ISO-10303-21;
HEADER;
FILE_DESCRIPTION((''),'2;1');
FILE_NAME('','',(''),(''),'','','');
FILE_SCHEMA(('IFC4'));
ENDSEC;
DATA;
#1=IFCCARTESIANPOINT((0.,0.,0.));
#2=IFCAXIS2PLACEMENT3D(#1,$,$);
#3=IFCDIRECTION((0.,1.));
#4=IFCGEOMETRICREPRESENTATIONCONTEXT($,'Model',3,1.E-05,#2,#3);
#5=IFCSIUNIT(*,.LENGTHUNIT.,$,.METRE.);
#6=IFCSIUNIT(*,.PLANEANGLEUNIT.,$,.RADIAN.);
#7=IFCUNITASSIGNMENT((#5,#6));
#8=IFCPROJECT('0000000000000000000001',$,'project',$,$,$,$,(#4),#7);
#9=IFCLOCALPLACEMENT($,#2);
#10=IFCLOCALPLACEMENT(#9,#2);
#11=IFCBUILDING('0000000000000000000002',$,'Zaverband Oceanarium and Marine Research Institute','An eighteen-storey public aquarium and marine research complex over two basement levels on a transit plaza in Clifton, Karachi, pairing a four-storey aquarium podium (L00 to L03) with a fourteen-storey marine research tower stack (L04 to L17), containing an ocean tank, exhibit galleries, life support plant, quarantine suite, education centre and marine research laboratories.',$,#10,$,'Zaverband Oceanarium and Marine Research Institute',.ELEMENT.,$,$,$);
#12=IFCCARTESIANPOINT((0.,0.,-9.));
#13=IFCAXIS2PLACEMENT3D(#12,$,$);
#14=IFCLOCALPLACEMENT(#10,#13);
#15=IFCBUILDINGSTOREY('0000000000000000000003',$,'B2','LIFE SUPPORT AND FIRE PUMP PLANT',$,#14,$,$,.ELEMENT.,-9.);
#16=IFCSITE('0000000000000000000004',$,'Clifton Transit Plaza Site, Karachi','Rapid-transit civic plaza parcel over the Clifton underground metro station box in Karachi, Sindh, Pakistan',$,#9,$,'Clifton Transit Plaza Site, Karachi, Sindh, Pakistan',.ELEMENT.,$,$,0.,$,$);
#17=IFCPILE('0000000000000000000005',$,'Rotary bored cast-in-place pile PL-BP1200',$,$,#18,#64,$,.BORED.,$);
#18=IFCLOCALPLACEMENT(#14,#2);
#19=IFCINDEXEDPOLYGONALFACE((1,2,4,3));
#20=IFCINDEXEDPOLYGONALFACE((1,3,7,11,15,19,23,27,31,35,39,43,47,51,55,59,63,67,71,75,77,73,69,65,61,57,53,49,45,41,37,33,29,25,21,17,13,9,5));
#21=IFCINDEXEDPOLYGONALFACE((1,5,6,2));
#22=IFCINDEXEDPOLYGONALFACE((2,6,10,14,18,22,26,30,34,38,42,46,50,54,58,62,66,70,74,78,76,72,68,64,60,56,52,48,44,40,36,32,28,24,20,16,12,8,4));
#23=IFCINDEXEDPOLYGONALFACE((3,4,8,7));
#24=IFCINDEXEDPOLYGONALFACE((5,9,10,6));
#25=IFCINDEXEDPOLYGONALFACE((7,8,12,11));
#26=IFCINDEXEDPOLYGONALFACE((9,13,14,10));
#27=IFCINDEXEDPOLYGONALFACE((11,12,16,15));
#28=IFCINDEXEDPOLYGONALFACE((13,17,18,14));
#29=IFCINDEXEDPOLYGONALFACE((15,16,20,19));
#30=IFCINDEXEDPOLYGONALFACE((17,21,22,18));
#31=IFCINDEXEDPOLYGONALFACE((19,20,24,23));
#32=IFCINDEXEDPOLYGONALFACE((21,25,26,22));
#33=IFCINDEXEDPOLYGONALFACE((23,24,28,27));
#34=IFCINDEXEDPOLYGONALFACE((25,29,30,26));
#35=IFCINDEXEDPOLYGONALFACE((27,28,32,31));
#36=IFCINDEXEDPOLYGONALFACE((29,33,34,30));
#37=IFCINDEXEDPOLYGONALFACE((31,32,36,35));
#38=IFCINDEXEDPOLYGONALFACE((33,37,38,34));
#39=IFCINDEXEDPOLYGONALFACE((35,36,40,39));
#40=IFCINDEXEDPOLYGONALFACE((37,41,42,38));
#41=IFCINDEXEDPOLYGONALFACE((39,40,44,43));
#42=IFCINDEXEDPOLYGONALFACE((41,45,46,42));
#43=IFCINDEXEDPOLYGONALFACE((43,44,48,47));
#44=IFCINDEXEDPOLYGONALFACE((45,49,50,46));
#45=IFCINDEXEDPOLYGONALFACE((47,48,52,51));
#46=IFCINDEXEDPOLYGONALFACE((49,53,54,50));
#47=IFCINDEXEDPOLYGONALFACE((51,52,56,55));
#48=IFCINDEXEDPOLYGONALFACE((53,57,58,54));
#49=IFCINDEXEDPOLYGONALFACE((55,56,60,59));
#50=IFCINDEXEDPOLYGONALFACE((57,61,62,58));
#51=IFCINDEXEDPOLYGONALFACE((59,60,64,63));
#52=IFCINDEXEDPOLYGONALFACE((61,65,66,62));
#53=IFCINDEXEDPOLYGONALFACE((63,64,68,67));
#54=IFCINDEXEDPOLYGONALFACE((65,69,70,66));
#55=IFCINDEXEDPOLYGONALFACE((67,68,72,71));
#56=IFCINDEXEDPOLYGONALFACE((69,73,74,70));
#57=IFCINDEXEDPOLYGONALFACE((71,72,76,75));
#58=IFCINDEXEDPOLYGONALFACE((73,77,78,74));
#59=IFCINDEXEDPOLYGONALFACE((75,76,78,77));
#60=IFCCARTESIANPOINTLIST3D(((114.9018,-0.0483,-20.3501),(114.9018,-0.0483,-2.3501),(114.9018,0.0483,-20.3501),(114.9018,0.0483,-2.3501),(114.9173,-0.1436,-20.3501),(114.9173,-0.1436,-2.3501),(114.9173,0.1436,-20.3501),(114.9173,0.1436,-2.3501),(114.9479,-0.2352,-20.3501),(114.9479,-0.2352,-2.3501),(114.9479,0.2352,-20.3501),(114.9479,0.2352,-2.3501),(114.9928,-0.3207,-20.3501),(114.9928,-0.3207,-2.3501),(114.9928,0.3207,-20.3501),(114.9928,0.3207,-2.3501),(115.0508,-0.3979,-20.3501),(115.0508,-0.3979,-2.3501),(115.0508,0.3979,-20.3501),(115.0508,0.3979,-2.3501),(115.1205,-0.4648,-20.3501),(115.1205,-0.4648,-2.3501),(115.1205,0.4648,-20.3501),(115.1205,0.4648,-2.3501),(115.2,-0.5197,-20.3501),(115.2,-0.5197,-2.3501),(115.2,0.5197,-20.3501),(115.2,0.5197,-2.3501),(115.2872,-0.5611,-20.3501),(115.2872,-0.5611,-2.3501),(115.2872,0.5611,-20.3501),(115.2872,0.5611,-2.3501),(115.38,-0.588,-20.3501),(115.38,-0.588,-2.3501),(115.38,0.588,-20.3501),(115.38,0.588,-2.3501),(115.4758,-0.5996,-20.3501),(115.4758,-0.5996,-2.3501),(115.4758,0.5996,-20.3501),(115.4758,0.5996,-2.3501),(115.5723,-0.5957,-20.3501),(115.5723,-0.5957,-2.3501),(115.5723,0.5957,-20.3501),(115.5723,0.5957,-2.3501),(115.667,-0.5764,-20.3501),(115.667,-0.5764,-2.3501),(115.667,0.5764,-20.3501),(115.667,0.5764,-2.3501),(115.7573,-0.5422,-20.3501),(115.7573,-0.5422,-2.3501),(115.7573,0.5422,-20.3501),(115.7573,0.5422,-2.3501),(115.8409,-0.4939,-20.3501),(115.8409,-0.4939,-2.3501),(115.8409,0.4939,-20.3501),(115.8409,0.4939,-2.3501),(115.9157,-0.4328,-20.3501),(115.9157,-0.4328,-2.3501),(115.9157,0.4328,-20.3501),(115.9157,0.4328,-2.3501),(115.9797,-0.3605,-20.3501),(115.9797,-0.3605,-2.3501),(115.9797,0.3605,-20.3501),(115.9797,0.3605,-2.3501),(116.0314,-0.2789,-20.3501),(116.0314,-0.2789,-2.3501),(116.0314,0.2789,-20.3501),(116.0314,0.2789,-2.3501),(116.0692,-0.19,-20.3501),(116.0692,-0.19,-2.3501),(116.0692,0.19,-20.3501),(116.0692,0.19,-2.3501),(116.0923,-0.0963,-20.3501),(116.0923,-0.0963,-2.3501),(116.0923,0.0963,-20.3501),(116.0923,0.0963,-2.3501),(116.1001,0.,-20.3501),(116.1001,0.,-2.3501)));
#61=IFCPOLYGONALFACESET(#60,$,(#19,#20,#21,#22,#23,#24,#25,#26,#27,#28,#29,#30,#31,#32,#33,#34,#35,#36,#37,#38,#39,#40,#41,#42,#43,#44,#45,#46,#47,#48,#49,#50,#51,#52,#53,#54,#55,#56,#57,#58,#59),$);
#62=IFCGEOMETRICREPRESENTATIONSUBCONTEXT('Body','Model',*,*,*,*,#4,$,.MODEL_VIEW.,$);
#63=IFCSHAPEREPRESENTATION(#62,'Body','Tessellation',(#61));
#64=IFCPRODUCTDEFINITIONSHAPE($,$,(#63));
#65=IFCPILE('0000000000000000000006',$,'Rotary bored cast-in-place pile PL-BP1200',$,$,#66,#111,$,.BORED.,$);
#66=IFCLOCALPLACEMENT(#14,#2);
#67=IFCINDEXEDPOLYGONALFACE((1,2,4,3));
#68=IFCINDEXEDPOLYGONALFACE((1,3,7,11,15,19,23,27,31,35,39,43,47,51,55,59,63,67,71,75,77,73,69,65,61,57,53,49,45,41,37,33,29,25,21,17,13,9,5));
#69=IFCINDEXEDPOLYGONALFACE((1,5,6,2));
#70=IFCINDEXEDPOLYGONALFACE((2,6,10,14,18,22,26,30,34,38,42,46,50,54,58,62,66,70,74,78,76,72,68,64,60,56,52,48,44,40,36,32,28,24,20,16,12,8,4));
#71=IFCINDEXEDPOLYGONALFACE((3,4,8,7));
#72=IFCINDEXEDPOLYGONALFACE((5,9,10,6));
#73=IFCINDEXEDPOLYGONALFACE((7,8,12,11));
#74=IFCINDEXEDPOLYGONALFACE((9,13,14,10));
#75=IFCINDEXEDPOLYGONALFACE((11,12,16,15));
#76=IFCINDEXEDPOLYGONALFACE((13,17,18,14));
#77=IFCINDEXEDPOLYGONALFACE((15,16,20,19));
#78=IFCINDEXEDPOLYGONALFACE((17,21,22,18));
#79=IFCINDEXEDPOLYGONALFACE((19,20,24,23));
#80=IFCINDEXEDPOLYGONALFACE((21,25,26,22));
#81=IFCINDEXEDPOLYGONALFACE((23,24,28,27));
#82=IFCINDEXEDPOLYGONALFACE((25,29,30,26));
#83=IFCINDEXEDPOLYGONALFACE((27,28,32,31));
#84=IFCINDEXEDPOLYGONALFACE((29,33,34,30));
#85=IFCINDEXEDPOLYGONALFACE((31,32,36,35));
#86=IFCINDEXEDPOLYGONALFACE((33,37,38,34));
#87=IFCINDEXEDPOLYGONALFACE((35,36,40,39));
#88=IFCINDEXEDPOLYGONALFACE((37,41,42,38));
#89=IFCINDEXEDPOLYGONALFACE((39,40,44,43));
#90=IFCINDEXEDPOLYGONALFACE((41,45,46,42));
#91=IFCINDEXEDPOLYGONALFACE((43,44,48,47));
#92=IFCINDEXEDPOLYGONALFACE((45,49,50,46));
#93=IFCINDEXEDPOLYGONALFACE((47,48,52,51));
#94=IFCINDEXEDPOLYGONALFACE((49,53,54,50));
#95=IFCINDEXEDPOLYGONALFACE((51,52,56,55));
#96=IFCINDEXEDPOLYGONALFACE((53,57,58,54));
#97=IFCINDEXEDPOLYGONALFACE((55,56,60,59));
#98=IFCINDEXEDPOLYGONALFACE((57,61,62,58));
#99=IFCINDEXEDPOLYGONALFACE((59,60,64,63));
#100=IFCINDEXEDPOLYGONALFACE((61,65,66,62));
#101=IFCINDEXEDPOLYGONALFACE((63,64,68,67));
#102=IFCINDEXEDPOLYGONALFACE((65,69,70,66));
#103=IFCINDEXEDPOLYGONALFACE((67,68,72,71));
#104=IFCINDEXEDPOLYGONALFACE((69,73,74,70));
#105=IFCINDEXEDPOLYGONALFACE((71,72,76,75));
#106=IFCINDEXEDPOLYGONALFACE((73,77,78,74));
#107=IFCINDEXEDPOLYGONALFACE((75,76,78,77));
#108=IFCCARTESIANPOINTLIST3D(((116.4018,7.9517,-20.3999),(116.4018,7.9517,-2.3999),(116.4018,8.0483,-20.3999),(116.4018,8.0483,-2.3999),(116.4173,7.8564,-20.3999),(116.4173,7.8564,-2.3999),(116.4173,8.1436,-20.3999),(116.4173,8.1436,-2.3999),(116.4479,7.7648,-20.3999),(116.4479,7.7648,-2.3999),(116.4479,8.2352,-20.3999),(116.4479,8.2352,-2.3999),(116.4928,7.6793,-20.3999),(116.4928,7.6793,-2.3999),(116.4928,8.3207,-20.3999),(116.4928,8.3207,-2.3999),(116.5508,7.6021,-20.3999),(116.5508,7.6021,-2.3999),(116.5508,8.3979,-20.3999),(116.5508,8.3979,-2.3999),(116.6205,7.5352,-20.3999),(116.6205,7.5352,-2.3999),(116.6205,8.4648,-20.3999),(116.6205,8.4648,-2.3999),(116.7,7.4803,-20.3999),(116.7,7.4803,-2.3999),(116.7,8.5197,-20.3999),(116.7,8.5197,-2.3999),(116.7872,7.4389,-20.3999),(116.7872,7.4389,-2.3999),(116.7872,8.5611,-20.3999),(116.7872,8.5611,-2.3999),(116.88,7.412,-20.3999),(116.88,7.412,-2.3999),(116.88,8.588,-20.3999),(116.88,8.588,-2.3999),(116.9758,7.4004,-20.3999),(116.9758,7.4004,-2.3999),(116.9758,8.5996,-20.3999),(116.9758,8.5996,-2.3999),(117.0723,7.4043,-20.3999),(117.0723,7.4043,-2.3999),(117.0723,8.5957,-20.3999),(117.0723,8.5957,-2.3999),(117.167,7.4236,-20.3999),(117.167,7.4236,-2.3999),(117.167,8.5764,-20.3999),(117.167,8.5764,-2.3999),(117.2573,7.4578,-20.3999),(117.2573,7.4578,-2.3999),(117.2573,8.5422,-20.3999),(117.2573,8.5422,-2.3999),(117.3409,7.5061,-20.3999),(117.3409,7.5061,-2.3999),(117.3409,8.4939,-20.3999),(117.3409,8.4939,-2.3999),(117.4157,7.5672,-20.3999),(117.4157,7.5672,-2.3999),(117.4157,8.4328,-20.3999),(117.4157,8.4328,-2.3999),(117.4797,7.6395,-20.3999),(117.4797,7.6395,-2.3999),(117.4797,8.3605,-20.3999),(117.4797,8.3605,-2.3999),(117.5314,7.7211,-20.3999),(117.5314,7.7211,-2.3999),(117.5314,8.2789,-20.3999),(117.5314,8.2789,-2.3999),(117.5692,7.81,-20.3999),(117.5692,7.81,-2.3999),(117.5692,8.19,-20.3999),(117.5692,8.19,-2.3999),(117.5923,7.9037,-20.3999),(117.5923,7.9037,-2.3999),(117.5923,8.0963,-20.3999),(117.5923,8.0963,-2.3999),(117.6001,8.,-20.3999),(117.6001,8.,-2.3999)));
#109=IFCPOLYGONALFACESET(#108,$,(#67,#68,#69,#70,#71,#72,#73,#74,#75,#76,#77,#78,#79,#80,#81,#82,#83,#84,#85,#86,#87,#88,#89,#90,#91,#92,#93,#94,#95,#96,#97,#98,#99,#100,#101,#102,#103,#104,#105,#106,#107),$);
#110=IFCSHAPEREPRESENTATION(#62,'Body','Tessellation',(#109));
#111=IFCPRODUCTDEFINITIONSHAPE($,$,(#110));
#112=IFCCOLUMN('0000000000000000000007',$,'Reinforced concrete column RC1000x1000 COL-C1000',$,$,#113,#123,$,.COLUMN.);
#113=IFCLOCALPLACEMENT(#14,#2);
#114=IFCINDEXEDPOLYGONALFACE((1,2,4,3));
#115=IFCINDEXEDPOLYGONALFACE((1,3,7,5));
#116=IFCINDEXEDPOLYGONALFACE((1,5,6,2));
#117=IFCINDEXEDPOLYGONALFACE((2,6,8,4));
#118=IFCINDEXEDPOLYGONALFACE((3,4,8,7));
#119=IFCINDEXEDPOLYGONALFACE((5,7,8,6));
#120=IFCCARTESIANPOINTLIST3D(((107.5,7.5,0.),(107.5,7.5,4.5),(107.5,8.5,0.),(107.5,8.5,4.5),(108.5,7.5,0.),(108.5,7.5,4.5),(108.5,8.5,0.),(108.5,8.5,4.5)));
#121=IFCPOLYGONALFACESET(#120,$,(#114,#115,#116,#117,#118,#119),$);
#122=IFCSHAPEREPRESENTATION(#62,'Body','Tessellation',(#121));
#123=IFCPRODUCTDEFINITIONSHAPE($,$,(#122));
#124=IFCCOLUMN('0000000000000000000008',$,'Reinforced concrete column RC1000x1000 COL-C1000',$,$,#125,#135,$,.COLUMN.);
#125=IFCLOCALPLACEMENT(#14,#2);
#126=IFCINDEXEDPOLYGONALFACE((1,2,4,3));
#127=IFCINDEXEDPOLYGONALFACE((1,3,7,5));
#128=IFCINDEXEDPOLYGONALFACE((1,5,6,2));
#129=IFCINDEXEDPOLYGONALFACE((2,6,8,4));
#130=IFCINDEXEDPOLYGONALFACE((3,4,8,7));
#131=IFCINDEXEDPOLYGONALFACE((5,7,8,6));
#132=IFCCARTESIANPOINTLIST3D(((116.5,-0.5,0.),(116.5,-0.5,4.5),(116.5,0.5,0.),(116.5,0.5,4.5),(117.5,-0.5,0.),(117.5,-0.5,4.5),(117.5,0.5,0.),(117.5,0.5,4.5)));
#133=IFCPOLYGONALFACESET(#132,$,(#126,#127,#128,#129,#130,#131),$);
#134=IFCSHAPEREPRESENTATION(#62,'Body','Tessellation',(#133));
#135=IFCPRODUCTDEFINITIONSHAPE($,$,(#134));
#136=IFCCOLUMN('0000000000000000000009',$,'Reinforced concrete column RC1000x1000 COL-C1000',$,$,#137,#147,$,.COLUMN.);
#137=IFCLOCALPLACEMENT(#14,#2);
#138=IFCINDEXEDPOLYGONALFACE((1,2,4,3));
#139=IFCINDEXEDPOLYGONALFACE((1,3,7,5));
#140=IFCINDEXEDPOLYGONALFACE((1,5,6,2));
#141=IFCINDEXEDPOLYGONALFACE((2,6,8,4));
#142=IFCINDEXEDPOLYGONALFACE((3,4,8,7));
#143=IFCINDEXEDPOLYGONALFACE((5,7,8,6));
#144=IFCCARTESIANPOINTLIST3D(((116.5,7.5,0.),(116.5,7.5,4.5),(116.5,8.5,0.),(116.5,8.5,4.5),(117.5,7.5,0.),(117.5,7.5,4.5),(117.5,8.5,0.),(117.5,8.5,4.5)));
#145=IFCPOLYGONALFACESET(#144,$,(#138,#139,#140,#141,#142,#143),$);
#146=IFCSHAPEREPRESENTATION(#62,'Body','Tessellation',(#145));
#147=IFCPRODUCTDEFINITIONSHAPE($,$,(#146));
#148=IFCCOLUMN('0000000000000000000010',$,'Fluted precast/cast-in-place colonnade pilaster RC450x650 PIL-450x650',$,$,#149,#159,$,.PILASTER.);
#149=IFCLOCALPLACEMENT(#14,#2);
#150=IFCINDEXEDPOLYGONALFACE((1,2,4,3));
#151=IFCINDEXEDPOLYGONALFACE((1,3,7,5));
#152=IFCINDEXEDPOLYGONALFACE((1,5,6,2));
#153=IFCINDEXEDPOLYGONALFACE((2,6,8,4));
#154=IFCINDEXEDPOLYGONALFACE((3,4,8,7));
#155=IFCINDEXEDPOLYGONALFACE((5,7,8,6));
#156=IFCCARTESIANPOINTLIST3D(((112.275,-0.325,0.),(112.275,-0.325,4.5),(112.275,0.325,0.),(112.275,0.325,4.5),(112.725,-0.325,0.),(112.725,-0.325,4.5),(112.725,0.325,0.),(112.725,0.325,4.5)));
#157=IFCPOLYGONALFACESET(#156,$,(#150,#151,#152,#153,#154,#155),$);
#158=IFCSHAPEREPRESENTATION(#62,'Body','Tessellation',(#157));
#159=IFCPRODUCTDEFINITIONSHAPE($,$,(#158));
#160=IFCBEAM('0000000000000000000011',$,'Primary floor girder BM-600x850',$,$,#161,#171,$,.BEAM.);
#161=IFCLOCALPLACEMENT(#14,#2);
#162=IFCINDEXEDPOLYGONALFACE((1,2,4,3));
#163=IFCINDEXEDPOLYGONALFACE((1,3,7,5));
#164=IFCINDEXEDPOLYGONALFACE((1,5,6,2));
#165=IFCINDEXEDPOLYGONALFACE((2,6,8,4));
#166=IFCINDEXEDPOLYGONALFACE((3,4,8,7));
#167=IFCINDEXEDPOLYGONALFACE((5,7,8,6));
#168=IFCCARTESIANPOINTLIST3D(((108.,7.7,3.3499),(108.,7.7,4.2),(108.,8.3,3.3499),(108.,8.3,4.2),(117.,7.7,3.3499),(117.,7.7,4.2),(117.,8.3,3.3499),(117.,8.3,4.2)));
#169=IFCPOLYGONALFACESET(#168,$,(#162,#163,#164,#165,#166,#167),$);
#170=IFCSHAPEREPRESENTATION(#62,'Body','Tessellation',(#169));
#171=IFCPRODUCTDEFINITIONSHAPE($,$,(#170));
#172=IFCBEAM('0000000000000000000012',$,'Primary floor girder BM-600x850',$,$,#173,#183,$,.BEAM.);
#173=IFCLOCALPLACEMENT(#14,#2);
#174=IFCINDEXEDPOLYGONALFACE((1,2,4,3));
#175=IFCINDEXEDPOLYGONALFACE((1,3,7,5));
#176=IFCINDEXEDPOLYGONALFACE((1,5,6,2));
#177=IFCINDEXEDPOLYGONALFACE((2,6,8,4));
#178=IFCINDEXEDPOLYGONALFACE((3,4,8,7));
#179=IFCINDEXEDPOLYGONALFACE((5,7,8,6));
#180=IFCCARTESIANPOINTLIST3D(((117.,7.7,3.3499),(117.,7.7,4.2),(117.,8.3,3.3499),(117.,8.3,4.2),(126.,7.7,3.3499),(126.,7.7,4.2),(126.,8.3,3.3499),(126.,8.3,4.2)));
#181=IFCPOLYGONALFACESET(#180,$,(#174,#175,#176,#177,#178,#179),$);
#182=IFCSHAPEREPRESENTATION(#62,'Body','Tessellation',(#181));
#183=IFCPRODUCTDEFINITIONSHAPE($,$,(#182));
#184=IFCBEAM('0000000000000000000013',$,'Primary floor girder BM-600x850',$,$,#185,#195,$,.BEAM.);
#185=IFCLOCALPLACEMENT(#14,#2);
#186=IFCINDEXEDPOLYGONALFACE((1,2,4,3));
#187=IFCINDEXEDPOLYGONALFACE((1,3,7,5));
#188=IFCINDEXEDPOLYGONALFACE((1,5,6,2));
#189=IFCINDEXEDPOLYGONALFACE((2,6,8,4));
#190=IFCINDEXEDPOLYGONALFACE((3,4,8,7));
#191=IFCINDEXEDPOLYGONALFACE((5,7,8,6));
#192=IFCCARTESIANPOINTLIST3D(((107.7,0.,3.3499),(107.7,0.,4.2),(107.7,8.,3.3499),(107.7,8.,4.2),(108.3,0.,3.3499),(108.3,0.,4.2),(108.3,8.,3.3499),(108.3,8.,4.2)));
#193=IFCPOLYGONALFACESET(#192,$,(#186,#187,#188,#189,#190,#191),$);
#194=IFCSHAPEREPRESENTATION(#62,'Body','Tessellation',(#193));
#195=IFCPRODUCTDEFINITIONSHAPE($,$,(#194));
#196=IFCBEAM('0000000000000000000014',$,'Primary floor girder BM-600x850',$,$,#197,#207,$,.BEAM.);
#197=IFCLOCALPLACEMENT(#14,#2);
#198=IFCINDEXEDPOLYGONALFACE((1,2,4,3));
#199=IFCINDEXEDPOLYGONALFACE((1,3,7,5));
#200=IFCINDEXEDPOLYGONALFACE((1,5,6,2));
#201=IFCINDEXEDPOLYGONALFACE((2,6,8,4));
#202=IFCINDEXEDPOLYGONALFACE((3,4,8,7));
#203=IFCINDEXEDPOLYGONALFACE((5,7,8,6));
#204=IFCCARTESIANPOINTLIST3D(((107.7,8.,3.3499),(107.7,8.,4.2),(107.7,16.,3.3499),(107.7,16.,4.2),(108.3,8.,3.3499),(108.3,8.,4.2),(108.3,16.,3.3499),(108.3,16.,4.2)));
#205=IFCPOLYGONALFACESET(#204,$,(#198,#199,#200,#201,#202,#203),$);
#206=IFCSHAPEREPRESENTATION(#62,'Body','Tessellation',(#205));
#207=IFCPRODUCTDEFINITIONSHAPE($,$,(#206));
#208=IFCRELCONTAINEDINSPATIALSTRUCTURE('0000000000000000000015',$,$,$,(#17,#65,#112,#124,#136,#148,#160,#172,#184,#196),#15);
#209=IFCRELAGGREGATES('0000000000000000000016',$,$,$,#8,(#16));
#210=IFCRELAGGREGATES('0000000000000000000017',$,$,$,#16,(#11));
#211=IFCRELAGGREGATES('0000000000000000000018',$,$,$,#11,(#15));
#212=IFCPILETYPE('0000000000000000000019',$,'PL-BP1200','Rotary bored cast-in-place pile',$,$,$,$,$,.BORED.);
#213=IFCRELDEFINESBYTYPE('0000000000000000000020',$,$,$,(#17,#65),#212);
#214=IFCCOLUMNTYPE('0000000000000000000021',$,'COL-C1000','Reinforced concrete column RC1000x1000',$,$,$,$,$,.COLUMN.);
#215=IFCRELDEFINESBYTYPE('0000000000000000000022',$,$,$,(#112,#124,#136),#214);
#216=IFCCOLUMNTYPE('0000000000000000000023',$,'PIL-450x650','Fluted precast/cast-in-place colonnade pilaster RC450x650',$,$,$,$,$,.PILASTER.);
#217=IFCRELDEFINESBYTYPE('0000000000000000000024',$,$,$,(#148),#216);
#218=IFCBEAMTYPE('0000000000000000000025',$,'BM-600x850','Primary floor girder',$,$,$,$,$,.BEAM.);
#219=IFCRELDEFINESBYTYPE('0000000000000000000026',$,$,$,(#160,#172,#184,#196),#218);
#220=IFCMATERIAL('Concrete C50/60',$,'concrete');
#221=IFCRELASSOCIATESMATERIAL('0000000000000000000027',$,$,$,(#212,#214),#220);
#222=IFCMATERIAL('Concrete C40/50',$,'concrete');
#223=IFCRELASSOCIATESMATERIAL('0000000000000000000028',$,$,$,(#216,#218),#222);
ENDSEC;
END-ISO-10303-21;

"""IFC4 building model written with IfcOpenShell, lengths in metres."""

from ifc_helpers import new_model, si_unit, direction, frame, origin, origin_2d, place, context, subcontext, project, spatial, rectangle, circle, extrude, material, material_profile, profile_set, type_object, element, save


model = new_model("IFC4")

# Units and contexts
model_context = context("Model", 3, precision=1e-05, world=origin(), true_north=direction((0.0, 1.0)))
body_context = subcontext(model_context, "Body", "Model", "MODEL_VIEW")
ifc_project = project(units=[si_unit("LENGTHUNIT", "METRE"), si_unit("PLANEANGLEUNIT", "RADIAN")], contexts=[model_context])

# Site, building, storey
site_placement = place(None, origin())
site = spatial("IfcSite", under=ifc_project, at=site_placement, Name="Clifton Transit Plaza Site, Karachi", Description="Rapid-transit civic plaza parcel over the Clifton underground metro station box in Karachi, Sindh, Pakistan", LongName="Clifton Transit Plaza Site, Karachi, Sindh, Pakistan", CompositionType="ELEMENT", RefElevation=0.0)
building_placement = place(site_placement, origin())
building = spatial("IfcBuilding", under=site, at=building_placement, Name="Zaverband Oceanarium and Marine Research Institute", Description="An eighteen-storey public aquarium and marine research complex over two basement levels on a transit plaza in Clifton, Karachi, pairing a four-storey aquarium podium (L00 to L03) with a fourteen-storey marine research tower stack (L04 to L17), containing an ocean tank, exhibit galleries, life support plant, quarantine suite, education centre and marine research laboratories.", LongName="Zaverband Oceanarium and Marine Research Institute", CompositionType="ELEMENT")
storey_placement = place(building_placement, frame((0.0, 0.0, -9.0)))
storey = spatial("IfcBuildingStorey", under=building, at=storey_placement, Name="B2", Description="LIFE SUPPORT AND FIRE PUMP PLANT", CompositionType="ELEMENT", Elevation=-9.0)

# Shared definitions
ifc_material_1 = material(Name="Concrete C50/60", Category="concrete")
ifc_material_2 = material(Name="Concrete C40/50", Category="concrete")

# Piles
ifc_material_profile_1 = material_profile(ifc_material_1, circle(Radius=0.6001, at=origin_2d()), Name="BP1200")
ifc_profile_set_1 = profile_set([ifc_material_profile_1], Name="Concrete C50/60")
pile_type = type_object("IfcPileType", Name="PL-BP1200", Description="Rotary bored cast-in-place pile", PredefinedType="BORED", material=ifc_profile_set_1)
for number, where, z_axis, x_axis, name in (
    (1, (115.5, 0.0, -2.3501), (0.0, 0.0, -1.0), (1.0, 0.0, 0.0), "Rotary bored cast-in-place pile PL-BP1200"),
    (2, (117.0, 8.0, -2.3999), (0.0, 0.0, -1.0), (1.0, 0.0, 0.0), "Rotary bored cast-in-place pile PL-BP1200"),
):
    element("IfcPile", number, at=place(storey_placement, frame(where, z_axis=z_axis, x_axis=x_axis)), inside=storey, type_object=pile_type, Name=name, PredefinedType="BORED", context=body_context, shape_type="SweptSolid", body=[
        extrude(circle(Radius=0.6001, at=origin_2d()), origin(), (0.0, 0.0, 1.0), 18.0),
    ])

# Columns
ifc_material_profile_2 = material_profile(ifc_material_1, rectangle(XDim=1.0, YDim=1.0, at=origin_2d()), Name="RC1000x1000")
ifc_profile_set_2 = profile_set([ifc_material_profile_2], Name="Concrete C50/60")
column_type_1 = type_object("IfcColumnType", Name="COL-C1000", Description="Reinforced concrete column RC1000x1000", PredefinedType="COLUMN", material=ifc_profile_set_2)
for number, where, z_axis, x_axis, name in (
    (3, (108.0, 8.0, 0.0), (0.0, 0.0, 1.0), (1.0, 0.0, 0.0), "Reinforced concrete column RC1000x1000 COL-C1000"),
    (4, (117.0, 0.0, 0.0), (0.0, 0.0, 1.0), (1.0, 0.0, 0.0), "Reinforced concrete column RC1000x1000 COL-C1000"),
    (5, (117.0, 8.0, 0.0), (0.0, 0.0, 1.0), (1.0, 0.0, 0.0), "Reinforced concrete column RC1000x1000 COL-C1000"),
):
    element("IfcColumn", number, at=place(storey_placement, frame(where, z_axis=z_axis, x_axis=x_axis)), inside=storey, type_object=column_type_1, Name=name, PredefinedType="COLUMN", context=body_context, shape_type="SweptSolid", body=[
        extrude(rectangle(XDim=1.0, YDim=1.0, at=origin_2d()), origin(), (0.0, 0.0, 1.0), 4.5),
    ])
ifc_material_profile_3 = material_profile(ifc_material_2, rectangle(XDim=0.45, YDim=0.6499, at=origin_2d()), Name="RC450x650")
ifc_profile_set_3 = profile_set([ifc_material_profile_3], Name="Concrete C40/50")
column_type_2 = type_object("IfcColumnType", Name="PIL-450x650", Description="Fluted precast/cast-in-place colonnade pilaster RC450x650", PredefinedType="PILASTER", material=ifc_profile_set_3)
column_placement = place(storey_placement, frame((112.5, 0.0, 0.0), z_axis=(0.0, 0.0, 1.0), x_axis=(1.0, 0.0, 0.0)))
element("IfcColumn", 6, at=column_placement, inside=storey, type_object=column_type_2, Name="Fluted precast/cast-in-place colonnade pilaster RC450x650 PIL-450x650", PredefinedType="PILASTER", context=body_context, shape_type="SweptSolid", body=[
    extrude(rectangle(XDim=0.45, YDim=0.6499, at=origin_2d()), origin(), (0.0, 0.0, 1.0), 4.5),
])

# Beams
ifc_material_profile_4 = material_profile(ifc_material_2, rectangle(XDim=0.6001, YDim=0.8501, at=origin_2d()), Name="RC600x850")
ifc_profile_set_4 = profile_set([ifc_material_profile_4], Name="Concrete C40/50")
beam_type_1 = type_object("IfcBeamType", Name="BM-600x850", Description="Primary floor girder", PredefinedType="BEAM", material=ifc_profile_set_4)
for number, where, z_axis, x_axis, name in (
    (7, (108.0, 8.0, 3.7749), (1.0, 0.0, 0.0), (0.0, 1.0, 0.0), "Primary floor girder BM-600x850"),
    (8, (117.0, 8.0, 3.7749), (1.0, 0.0, 0.0), (0.0, 1.0, 0.0), "Primary floor girder BM-600x850"),
):
    element("IfcBeam", number, at=place(storey_placement, frame(where, z_axis=z_axis, x_axis=x_axis)), inside=storey, type_object=beam_type_1, Name=name, PredefinedType="BEAM", context=body_context, shape_type="SweptSolid", body=[
        extrude(rectangle(XDim=0.6001, YDim=0.8501, at=origin_2d()), origin(), (0.0, 0.0, 1.0), 9.0),
    ])
for number, where, z_axis, x_axis, name in (
    (9, (108.0, 0.0, 3.7749), (0.0, 1.0, 0.0), (-1.0, 0.0, 0.0), "Primary floor girder BM-600x850"),
    (10, (108.0, 8.0, 3.7749), (0.0, 1.0, 0.0), (-1.0, 0.0, 0.0), "Primary floor girder BM-600x850"),
):
    element("IfcBeam", number, at=place(storey_placement, frame(where, z_axis=z_axis, x_axis=x_axis)), inside=storey, type_object=beam_type_1, Name=name, PredefinedType="BEAM", context=body_context, shape_type="SweptSolid", body=[
        extrude(rectangle(XDim=0.6001, YDim=0.8501, at=origin_2d()), origin(), (0.0, 0.0, 1.0), 8.0),
    ])

save(model, "model.ifc")
